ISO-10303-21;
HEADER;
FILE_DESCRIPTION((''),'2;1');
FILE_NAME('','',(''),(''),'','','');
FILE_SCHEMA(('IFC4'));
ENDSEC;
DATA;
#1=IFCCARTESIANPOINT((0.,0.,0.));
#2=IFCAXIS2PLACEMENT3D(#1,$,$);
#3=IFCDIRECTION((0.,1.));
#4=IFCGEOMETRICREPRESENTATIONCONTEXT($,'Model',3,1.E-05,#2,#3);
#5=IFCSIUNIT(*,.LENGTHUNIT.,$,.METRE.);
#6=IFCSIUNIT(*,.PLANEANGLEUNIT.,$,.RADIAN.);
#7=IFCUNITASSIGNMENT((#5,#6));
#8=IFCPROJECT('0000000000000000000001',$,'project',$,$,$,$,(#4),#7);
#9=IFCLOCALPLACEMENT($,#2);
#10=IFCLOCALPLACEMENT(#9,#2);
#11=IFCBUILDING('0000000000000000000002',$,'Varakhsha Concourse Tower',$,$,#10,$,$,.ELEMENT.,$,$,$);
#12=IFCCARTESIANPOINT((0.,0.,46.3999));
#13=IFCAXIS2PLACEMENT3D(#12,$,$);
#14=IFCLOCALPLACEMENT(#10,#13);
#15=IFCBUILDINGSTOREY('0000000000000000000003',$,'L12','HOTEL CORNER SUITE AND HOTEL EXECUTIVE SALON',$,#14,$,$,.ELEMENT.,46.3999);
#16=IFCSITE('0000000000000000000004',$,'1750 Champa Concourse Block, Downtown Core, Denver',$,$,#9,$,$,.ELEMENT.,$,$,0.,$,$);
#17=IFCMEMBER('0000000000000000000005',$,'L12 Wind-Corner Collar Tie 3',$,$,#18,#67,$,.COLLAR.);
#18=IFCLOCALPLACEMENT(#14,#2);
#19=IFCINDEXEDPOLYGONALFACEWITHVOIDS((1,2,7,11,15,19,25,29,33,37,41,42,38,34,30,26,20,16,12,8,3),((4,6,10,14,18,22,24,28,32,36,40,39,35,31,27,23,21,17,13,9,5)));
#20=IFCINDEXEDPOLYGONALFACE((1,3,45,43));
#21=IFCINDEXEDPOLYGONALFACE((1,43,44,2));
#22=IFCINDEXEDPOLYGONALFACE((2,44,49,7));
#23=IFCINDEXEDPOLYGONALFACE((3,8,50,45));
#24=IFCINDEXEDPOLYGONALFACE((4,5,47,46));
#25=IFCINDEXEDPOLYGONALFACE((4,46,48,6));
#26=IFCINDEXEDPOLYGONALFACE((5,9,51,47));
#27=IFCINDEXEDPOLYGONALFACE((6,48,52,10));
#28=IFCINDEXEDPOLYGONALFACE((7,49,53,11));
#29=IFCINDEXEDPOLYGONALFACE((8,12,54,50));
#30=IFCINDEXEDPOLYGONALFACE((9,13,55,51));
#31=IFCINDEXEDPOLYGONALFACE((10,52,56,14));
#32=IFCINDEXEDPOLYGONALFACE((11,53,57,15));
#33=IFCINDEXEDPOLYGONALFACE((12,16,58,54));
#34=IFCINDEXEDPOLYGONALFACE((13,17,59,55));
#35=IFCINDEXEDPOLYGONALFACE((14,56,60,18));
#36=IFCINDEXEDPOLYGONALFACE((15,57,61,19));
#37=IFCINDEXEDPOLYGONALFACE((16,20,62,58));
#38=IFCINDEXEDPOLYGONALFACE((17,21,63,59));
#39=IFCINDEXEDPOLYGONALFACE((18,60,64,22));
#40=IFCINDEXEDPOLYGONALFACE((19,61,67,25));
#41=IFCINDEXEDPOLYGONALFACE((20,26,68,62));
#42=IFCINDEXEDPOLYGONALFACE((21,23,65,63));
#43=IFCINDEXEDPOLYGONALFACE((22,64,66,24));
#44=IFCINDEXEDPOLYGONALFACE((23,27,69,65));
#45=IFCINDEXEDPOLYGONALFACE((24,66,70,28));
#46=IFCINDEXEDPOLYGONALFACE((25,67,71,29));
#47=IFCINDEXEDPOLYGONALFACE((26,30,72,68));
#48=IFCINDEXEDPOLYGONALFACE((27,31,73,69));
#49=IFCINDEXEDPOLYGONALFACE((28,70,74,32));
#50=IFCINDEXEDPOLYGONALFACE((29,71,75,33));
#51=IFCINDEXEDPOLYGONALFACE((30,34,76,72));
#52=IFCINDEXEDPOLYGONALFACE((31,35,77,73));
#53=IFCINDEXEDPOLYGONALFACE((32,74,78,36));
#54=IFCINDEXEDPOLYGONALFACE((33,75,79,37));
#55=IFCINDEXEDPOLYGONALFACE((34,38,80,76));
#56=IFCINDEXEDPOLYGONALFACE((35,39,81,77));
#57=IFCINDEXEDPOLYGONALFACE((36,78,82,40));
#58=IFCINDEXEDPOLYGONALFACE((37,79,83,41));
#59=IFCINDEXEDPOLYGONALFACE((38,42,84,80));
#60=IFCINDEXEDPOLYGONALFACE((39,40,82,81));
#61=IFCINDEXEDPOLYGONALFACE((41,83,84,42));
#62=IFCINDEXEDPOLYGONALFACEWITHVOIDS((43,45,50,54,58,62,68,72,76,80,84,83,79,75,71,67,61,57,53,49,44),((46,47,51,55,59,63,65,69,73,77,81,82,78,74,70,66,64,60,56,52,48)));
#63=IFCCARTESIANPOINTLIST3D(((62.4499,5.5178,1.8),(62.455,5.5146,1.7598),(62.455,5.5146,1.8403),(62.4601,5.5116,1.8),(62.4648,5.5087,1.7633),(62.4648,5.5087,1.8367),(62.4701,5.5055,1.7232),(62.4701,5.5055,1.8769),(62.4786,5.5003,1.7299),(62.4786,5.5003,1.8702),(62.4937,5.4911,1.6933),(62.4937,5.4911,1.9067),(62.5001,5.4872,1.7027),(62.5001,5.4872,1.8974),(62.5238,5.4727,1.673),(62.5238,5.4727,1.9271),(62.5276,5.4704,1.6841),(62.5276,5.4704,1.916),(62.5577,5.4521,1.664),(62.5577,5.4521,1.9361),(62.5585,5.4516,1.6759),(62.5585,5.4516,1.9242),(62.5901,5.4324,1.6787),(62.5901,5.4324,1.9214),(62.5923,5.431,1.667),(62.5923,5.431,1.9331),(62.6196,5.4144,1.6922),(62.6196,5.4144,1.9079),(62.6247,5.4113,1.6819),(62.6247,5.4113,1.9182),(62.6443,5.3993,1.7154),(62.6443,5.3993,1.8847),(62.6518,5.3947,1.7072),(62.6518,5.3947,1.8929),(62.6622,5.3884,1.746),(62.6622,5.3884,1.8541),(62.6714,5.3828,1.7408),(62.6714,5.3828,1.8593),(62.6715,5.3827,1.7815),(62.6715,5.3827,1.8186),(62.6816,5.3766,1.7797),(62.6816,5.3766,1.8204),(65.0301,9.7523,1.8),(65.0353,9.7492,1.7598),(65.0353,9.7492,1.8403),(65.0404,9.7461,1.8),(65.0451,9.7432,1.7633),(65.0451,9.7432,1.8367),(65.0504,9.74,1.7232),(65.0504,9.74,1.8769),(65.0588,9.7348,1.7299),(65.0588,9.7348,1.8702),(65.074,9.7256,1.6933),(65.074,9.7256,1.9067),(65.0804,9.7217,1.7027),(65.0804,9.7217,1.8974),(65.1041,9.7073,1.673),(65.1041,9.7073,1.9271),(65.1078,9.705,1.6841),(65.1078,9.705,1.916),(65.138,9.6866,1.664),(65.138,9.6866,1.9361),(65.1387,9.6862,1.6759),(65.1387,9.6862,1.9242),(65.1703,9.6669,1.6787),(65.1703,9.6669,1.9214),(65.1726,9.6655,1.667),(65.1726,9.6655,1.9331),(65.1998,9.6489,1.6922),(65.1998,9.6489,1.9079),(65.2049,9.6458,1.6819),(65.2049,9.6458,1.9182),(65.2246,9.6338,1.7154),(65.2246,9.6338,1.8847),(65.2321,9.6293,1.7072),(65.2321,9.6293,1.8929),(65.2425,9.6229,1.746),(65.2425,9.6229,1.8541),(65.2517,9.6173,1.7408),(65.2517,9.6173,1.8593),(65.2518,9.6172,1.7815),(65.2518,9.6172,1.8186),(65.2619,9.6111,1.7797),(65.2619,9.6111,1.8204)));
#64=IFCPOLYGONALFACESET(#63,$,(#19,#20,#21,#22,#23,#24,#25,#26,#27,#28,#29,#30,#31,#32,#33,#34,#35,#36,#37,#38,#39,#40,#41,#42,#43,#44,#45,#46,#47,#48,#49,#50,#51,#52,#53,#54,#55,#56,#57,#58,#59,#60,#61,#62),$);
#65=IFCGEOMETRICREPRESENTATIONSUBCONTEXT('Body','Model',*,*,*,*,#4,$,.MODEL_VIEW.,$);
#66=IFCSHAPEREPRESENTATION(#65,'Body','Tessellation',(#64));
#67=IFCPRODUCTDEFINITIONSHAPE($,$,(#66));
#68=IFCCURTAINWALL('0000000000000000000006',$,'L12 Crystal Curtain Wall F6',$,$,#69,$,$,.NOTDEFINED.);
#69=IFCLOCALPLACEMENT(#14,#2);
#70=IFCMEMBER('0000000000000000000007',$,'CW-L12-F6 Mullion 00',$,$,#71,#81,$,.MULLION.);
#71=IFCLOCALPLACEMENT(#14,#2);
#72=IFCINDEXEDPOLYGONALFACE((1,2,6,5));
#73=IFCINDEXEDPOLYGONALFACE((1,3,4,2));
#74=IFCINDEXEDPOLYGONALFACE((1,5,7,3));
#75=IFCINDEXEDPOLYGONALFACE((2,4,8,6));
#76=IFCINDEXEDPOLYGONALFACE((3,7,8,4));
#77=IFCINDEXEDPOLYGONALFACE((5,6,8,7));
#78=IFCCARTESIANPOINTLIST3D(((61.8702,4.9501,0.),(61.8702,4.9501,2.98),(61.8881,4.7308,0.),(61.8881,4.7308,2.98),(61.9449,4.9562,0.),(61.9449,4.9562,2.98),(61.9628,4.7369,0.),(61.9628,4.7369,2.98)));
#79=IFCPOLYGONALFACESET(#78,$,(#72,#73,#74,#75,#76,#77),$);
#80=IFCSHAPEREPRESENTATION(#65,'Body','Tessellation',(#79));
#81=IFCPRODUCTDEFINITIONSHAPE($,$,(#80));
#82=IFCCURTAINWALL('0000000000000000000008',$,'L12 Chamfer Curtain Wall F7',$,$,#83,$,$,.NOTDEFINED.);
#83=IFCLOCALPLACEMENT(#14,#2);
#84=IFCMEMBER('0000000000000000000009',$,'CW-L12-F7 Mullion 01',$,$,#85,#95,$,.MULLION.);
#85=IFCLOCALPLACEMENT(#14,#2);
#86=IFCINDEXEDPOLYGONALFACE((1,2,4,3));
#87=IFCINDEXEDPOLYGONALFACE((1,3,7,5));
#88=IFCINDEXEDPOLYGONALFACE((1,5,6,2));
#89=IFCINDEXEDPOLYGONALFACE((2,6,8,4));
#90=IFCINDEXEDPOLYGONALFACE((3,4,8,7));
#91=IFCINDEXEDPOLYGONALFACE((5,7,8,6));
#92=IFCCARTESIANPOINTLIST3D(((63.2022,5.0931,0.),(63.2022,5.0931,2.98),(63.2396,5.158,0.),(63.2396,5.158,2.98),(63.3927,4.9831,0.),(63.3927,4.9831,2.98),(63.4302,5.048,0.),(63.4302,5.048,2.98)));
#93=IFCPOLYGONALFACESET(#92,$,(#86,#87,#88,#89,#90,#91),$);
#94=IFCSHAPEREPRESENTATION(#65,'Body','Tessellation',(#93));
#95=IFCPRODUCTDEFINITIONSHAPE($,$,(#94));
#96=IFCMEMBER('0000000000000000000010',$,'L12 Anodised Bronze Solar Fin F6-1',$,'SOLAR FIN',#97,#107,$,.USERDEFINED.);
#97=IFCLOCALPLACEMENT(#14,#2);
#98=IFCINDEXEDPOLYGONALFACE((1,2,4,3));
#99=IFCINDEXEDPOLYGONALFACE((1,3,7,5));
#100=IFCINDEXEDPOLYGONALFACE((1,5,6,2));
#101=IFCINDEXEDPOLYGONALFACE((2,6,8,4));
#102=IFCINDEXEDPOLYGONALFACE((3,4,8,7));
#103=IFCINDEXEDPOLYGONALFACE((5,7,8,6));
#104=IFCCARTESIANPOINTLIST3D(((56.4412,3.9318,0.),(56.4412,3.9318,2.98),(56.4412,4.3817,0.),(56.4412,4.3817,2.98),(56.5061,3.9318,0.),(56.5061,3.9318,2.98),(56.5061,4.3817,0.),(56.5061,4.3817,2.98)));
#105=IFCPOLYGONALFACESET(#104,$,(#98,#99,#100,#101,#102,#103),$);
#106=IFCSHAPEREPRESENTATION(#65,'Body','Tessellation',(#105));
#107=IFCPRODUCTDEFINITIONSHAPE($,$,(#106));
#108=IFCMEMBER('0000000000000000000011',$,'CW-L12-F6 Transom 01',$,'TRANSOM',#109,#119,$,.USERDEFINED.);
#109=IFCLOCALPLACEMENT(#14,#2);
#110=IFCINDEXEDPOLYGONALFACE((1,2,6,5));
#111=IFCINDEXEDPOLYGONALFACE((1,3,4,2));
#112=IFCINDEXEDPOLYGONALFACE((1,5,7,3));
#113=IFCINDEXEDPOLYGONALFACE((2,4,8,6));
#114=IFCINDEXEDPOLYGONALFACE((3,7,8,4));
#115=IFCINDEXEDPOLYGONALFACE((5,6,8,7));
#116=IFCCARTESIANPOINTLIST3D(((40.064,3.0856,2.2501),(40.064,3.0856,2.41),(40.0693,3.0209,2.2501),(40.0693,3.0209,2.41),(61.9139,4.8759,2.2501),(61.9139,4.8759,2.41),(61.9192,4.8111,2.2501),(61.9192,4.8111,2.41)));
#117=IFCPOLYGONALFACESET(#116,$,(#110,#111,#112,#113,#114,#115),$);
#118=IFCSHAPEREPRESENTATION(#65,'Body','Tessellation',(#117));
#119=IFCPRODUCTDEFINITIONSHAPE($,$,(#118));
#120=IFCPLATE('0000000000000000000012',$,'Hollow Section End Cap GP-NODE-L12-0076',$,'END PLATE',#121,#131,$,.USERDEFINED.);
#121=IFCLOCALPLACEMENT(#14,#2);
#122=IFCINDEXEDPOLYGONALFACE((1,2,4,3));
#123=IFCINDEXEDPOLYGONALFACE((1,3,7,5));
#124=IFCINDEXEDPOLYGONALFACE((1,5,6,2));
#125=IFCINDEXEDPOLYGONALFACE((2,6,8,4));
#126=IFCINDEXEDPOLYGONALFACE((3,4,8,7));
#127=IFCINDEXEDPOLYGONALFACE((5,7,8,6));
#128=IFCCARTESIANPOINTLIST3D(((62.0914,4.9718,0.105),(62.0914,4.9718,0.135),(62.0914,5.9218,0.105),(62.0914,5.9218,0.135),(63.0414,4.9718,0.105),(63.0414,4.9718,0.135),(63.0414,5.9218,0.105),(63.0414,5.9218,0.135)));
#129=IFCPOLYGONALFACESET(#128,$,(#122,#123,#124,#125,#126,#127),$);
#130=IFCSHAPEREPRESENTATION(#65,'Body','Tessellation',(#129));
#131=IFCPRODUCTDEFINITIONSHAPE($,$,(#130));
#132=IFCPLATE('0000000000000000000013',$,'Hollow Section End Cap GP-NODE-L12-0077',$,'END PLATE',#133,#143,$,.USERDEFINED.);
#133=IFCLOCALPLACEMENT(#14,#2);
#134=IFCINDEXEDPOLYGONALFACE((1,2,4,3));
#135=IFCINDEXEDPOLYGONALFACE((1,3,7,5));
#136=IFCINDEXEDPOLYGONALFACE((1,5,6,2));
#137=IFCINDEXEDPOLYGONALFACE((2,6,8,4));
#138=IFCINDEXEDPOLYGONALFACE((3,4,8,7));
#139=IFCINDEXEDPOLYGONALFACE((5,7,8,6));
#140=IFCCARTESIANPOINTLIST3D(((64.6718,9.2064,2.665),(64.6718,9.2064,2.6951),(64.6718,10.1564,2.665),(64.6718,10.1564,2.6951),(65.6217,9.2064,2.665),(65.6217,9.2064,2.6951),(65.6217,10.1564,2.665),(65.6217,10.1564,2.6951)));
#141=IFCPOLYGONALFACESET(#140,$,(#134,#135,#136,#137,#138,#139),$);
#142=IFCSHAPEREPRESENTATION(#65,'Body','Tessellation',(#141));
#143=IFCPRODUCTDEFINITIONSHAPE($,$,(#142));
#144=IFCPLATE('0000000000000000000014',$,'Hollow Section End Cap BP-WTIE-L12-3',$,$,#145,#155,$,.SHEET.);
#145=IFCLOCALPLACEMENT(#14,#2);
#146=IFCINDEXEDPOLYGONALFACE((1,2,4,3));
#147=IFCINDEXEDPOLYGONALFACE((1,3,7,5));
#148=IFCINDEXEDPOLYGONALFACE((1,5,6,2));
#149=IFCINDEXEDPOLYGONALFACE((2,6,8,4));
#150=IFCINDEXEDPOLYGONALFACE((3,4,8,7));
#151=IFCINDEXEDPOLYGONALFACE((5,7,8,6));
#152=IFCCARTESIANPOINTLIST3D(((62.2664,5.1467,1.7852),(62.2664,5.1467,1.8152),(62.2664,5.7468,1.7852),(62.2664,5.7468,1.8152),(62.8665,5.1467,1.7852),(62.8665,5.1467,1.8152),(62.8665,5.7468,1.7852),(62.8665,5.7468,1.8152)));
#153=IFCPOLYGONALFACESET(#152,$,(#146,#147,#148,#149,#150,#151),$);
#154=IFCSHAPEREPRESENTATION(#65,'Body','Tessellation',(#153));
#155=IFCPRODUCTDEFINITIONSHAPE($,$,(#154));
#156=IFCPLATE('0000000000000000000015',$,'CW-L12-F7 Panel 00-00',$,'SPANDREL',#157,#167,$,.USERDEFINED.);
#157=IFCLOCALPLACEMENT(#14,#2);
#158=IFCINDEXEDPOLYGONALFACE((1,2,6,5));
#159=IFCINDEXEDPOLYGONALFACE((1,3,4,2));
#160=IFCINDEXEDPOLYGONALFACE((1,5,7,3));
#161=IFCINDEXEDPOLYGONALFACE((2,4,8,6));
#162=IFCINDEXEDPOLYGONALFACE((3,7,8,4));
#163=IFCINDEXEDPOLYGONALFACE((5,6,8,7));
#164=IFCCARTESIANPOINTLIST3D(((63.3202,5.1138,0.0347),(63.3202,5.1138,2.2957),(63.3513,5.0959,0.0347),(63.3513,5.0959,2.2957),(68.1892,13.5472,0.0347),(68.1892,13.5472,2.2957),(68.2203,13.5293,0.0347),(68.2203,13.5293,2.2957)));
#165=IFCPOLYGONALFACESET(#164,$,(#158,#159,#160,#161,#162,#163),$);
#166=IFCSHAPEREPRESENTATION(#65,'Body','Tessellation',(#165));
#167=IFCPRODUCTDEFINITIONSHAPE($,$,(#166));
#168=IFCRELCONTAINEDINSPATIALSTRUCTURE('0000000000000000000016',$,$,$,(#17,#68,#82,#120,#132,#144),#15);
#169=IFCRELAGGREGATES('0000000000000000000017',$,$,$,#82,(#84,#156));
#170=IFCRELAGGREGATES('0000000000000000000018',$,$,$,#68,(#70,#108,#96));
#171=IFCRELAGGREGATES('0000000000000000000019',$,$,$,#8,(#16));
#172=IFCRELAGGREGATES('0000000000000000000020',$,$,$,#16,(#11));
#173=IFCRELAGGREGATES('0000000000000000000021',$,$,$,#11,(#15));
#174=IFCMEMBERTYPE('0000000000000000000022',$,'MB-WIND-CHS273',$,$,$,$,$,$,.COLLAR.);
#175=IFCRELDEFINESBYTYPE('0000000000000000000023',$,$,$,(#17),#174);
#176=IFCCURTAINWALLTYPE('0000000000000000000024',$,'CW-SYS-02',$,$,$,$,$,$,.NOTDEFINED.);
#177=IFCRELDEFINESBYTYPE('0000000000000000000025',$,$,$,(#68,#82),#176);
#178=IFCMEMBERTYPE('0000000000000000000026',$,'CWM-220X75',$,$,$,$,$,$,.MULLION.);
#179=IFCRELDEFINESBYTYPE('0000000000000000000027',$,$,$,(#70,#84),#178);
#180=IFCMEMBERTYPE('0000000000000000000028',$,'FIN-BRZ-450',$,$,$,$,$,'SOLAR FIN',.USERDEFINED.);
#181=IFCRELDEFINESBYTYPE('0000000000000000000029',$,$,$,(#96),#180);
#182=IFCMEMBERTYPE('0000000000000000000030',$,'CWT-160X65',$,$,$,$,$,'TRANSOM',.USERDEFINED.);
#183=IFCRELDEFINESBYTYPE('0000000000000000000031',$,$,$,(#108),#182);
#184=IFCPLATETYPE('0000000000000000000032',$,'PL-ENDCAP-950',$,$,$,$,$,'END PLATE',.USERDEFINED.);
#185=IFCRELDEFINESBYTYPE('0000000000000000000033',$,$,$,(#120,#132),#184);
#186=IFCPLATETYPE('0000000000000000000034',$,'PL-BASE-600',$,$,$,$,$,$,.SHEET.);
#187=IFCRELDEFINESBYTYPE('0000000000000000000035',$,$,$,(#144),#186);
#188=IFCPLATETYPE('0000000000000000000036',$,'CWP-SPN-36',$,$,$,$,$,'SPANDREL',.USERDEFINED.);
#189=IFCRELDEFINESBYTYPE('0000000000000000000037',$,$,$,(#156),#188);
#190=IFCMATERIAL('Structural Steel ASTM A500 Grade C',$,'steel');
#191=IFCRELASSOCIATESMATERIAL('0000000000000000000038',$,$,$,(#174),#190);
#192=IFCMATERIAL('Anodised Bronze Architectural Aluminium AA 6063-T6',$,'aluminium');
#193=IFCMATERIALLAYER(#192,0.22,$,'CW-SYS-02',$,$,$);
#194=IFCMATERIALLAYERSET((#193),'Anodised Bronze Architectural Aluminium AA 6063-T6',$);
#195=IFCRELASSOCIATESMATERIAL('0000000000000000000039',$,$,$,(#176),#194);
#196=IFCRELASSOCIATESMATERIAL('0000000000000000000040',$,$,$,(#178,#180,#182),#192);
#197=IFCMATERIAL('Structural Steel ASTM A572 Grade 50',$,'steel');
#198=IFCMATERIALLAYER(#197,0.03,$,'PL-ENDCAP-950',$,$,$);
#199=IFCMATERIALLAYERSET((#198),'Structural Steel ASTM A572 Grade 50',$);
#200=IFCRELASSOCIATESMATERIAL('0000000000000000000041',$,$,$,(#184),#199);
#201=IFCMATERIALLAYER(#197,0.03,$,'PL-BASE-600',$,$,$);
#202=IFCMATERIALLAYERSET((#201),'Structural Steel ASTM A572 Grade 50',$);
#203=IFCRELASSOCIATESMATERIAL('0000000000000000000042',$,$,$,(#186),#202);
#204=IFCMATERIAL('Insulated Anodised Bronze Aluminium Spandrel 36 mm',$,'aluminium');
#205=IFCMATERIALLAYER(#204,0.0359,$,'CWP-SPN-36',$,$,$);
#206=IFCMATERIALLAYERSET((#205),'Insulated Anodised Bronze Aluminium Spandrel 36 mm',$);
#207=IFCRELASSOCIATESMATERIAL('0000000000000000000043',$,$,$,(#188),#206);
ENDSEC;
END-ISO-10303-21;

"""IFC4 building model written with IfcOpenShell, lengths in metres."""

from ifc_helpers import new_model, si_unit, direction, frame, origin, origin_2d, place, context, subcontext, project, spatial, rectangle, hollow_circle, extrude, source, transform, mapped, material, layer, layer_set, material_profile, profile_set, type_object, type_shapes, element, aggregate, save


model = new_model("IFC4")

# Units and contexts
model_context = context("Model", 3, precision=1e-05, world=origin(), true_north=direction((0.0, 1.0)))
body_context = subcontext(model_context, "Body", "Model", "MODEL_VIEW")
ifc_project = project(units=[si_unit("LENGTHUNIT", "METRE"), si_unit("PLANEANGLEUNIT", "RADIAN")], contexts=[model_context])

# Site, building, storey
site_placement = place(None, origin())
site = spatial("IfcSite", under=ifc_project, at=site_placement, Name="1750 Champa Concourse Block, Downtown Core, Denver", CompositionType="ELEMENT", RefElevation=0.0)
building_placement = place(site_placement, origin())
building = spatial("IfcBuilding", under=site, at=building_placement, Name="Varakhsha Concourse Tower", CompositionType="ELEMENT")
storey_placement = place(building_placement, frame((0.0, 0.0, 46.3999)))
storey = spatial("IfcBuildingStorey", under=building, at=storey_placement, Name="L12", Description="HOTEL CORNER SUITE AND HOTEL EXECUTIVE SALON", CompositionType="ELEMENT", Elevation=46.3999)

# Shared definitions
ifc_material_1 = material(Name="Structural Steel ASTM A572 Grade 50", Category="steel")

# Member
ifc_material_2 = material(Name="Structural Steel ASTM A500 Grade C", Category="steel")
ifc_material_profile_1 = material_profile(ifc_material_2, hollow_circle(Radius=0.1365, WallThickness=0.012, at=origin_2d()), Name="CHS 273x12")
ifc_profile_set_1 = profile_set([ifc_material_profile_1], Name="Structural Steel ASTM A500 Grade C")
member_type_1 = type_object("IfcMemberType", Name="MB-WIND-CHS273", PredefinedType="COLLAR", material=ifc_profile_set_1)
shared_shape_1 = source(origin(), body_context, "Body", "SweptSolid", [
    extrude(hollow_circle(Radius=0.1365, WallThickness=0.012, at=origin_2d()), origin(), (0.0, 0.0, 1.0), 4.9587),
])
type_shapes(member_type_1, [shared_shape_1])
member_1_placement = place(storey_placement, frame((62.5664, 5.4468, 1.8), z_axis=(0.520348, 0.853954, 0.0), x_axis=(-0.853954, 0.520348, 0.0)))
element("IfcMember", 1, at=member_1_placement, inside=storey, type_object=member_type_1, Name="L12 Wind-Corner Collar Tie 3", PredefinedType="COLLAR", context=body_context, shape_type="MappedRepresentation", body=[
    mapped(shared_shape_1, transform((0.0, 0.0, 0.0), scale=1.0)),
])

# Curtain walls, members
ifc_material_3 = material(Name="Anodised Bronze Architectural Aluminium AA 6063-T6", Category="aluminium")
ifc_layer_1 = layer(ifc_material_3, 0.22, Name="CW-SYS-02")
ifc_layer_set_1 = layer_set([ifc_layer_1], Name="Anodised Bronze Architectural Aluminium AA 6063-T6")
curtain_wall_type = type_object("IfcCurtainWallType", Name="CW-SYS-02", PredefinedType="NOTDEFINED", material=ifc_layer_set_1)
curtain_wall_1_placement = place(storey_placement, origin())
curtain_wall_1 = element("IfcCurtainWall", 2, at=curtain_wall_1_placement, inside=storey, type_object=curtain_wall_type, Name="L12 Crystal Curtain Wall F6", PredefinedType="NOTDEFINED")
ifc_material_profile_2 = material_profile(ifc_material_3, rectangle(XDim=0.075, YDim=0.22, at=origin_2d()), Name="CWM-220X75")
ifc_profile_set_2 = profile_set([ifc_material_profile_2], Name="Anodised Bronze Architectural Aluminium AA 6063-T6")
member_type_2 = type_object("IfcMemberType", Name="CWM-220X75", PredefinedType="MULLION", material=ifc_profile_set_2)
shared_shape_2 = source(origin(), body_context, "Body", "SweptSolid", [
    extrude(rectangle(XDim=0.075, YDim=0.22, at=origin_2d()), origin(), (0.0, 0.0, 1.0), 2.98),
])
type_shapes(member_type_2, [shared_shape_2])
member_2_placement = place(storey_placement, frame((61.9165, 4.8435, 0.0), z_axis=(0.0, 0.0, 1.0), x_axis=(-0.99666, -0.081664, 0.0)))
member_2 = element("IfcMember", 3, at=member_2_placement, type_object=member_type_2, Name="CW-L12-F6 Mullion 00", PredefinedType="MULLION", context=body_context, shape_type="MappedRepresentation", body=[
    mapped(shared_shape_2, transform((0.0, 0.0, 0.0), scale=1.0)),
])
curtain_wall_2_placement = place(storey_placement, origin())
curtain_wall_2 = element("IfcCurtainWall", 4, at=curtain_wall_2_placement, inside=storey, type_object=curtain_wall_type, Name="L12 Chamfer Curtain Wall F7", PredefinedType="NOTDEFINED")
member_3_placement = place(storey_placement, frame((63.3162, 5.0706, 0.0), z_axis=(0.0, 0.0, 1.0), x_axis=(-0.499994, -0.866029, 0.0)))
member_3 = element("IfcMember", 5, at=member_3_placement, type_object=member_type_2, Name="CW-L12-F7 Mullion 01", PredefinedType="MULLION", context=body_context, shape_type="MappedRepresentation", body=[
    mapped(shared_shape_2, transform((0.0, 0.0, 0.0), scale=1.0)),
])

# Members
ifc_material_profile_3 = material_profile(ifc_material_3, rectangle(XDim=0.0649, YDim=0.45, at=origin_2d()), Name="FIN-BRZ-450")
ifc_profile_set_3 = profile_set([ifc_material_profile_3], Name="Anodised Bronze Architectural Aluminium AA 6063-T6")
member_type_3 = type_object("IfcMemberType", Name="FIN-BRZ-450", ElementType="SOLAR FIN", PredefinedType="USERDEFINED", material=ifc_profile_set_3)
shared_shape_3 = source(origin(), body_context, "Body", "SweptSolid", [
    extrude(rectangle(XDim=0.0649, YDim=0.45, at=origin_2d()), origin(), (0.0, 0.0, 1.0), 2.98),
])
type_shapes(member_type_3, [shared_shape_3])
member_4_placement = place(storey_placement, frame((56.4736, 4.1567, 0.0), z_axis=(0.0, 0.0, 1.0), x_axis=(1.0, 0.0, 0.0)))
member_4 = element("IfcMember", 6, at=member_4_placement, type_object=member_type_3, Name="L12 Anodised Bronze Solar Fin F6-1", ObjectType="SOLAR FIN", PredefinedType="USERDEFINED", context=body_context, shape_type="MappedRepresentation", body=[
    mapped(shared_shape_3, transform((0.0, 0.0, 0.0), scale=1.0)),
])
ifc_material_profile_4 = material_profile(ifc_material_3, rectangle(XDim=0.0649, YDim=0.1599, at=origin_2d()), Name="CWT-160X65")
ifc_profile_set_4 = profile_set([ifc_material_profile_4], Name="Anodised Bronze Architectural Aluminium AA 6063-T6")
member_type_4 = type_object("IfcMemberType", Name="CWT-160X65", ElementType="TRANSOM", PredefinedType="USERDEFINED", material=ifc_profile_set_4)
shared_shape_4 = source(origin(), body_context, "Body", "SweptSolid", [
    extrude(rectangle(XDim=0.0649, YDim=0.1599, at=origin_2d()), origin(), (0.0, 0.0, 1.0), 21.9231),
])
type_shapes(member_type_4, [shared_shape_4])
member_5_placement = place(storey_placement, frame((61.9165, 4.8435, 2.3301), z_axis=(-0.99666, -0.081662, 0.0), x_axis=(0.081662, -0.99666, 0.0)))
member_5 = element("IfcMember", 7, at=member_5_placement, type_object=member_type_4, Name="CW-L12-F6 Transom 01", ObjectType="TRANSOM", PredefinedType="USERDEFINED", context=body_context, shape_type="MappedRepresentation", body=[
    mapped(shared_shape_4, transform((0.0, 0.0, 0.0), scale=1.0)),
])

# Plates
ifc_layer_2 = layer(ifc_material_1, 0.03, Name="PL-ENDCAP-950")
ifc_layer_set_2 = layer_set([ifc_layer_2], Name="Structural Steel ASTM A572 Grade 50")
plate_type_1 = type_object("IfcPlateType", Name="PL-ENDCAP-950", ElementType="END PLATE", PredefinedType="USERDEFINED", material=ifc_layer_set_2)
shared_shape_5 = source(origin(), body_context, "Body", "SweptSolid", [
    extrude(rectangle(XDim=0.95, YDim=0.95, at=origin_2d()), origin(), (0.0, 0.0, 1.0), 0.03),
])
type_shapes(plate_type_1, [shared_shape_5])
for number, where, z_axis, x_axis, name in (
    (8, (62.5664, 5.4468, 0.105), (0.0, 0.0, 1.0), (1.0, 0.0, 0.0), "Hollow Section End Cap GP-NODE-L12-0076"),
    (9, (65.1467, 9.6814, 2.665), (0.0, 0.0, 1.0), (1.0, 0.0, 0.0), "Hollow Section End Cap GP-NODE-L12-0077"),
):
    element("IfcPlate", number, at=place(storey_placement, frame(where, z_axis=z_axis, x_axis=x_axis)), inside=storey, type_object=plate_type_1, Name=name, ObjectType="END PLATE", PredefinedType="USERDEFINED", context=body_context, shape_type="MappedRepresentation", body=[
        mapped(shared_shape_5, transform((0.0, 0.0, 0.0), scale=1.0)),
    ])
ifc_layer_3 = layer(ifc_material_1, 0.03, Name="PL-BASE-600")
ifc_layer_set_3 = layer_set([ifc_layer_3], Name="Structural Steel ASTM A572 Grade 50")
plate_type_2 = type_object("IfcPlateType", Name="PL-BASE-600", PredefinedType="SHEET", material=ifc_layer_set_3)
shared_shape_6 = source(origin(), body_context, "Body", "SweptSolid", [
    extrude(rectangle(XDim=0.6001, YDim=0.6001, at=origin_2d()), origin(), (0.0, 0.0, 1.0), 0.03),
])
type_shapes(plate_type_2, [shared_shape_6])
plate_1_placement = place(storey_placement, frame((62.5664, 5.4468, 1.7852), z_axis=(0.0, 0.0, 1.0), x_axis=(1.0, 0.0, 0.0)))
element("IfcPlate", 10, at=plate_1_placement, inside=storey, type_object=plate_type_2, Name="Hollow Section End Cap BP-WTIE-L12-3", PredefinedType="SHEET", context=body_context, shape_type="MappedRepresentation", body=[
    mapped(shared_shape_6, transform((0.0, 0.0, 0.0), scale=1.0)),
])

# Plate
ifc_material_4 = material(Name="Insulated Anodised Bronze Aluminium Spandrel 36 mm", Category="aluminium")
ifc_layer_4 = layer(ifc_material_4, 0.0359, Name="CWP-SPN-36")
ifc_layer_set_4 = layer_set([ifc_layer_4], Name="Insulated Anodised Bronze Aluminium Spandrel 36 mm")
plate_type_3 = type_object("IfcPlateType", Name="CWP-SPN-36", ElementType="SPANDREL", PredefinedType="USERDEFINED", material=ifc_layer_set_4)
shared_shape_7 = source(origin(), body_context, "Body", "SweptSolid", [
    extrude(rectangle(XDim=9.738, YDim=0.0359, at=origin_2d()), origin(), (0.0, 0.0, 1.0), 2.261),
])
type_shapes(plate_type_3, [shared_shape_7])
plate_2_placement = place(storey_placement, frame((65.7703, 9.3215, 0.0347), z_axis=(0.0, 0.0, 1.0), x_axis=(-0.499994, -0.866029, 0.0)))
plate_2 = element("IfcPlate", 11, at=plate_2_placement, type_object=plate_type_3, Name="CW-L12-F7 Panel 00-00", ObjectType="SPANDREL", PredefinedType="USERDEFINED", context=body_context, shape_type="MappedRepresentation", body=[
    mapped(shared_shape_7, transform((0.0, 0.0, 0.0), scale=1.0)),
])
aggregate(curtain_wall_2, [member_3, plate_2])
aggregate(curtain_wall_1, [member_2, member_5, member_4])

save(model, "model.ifc")
